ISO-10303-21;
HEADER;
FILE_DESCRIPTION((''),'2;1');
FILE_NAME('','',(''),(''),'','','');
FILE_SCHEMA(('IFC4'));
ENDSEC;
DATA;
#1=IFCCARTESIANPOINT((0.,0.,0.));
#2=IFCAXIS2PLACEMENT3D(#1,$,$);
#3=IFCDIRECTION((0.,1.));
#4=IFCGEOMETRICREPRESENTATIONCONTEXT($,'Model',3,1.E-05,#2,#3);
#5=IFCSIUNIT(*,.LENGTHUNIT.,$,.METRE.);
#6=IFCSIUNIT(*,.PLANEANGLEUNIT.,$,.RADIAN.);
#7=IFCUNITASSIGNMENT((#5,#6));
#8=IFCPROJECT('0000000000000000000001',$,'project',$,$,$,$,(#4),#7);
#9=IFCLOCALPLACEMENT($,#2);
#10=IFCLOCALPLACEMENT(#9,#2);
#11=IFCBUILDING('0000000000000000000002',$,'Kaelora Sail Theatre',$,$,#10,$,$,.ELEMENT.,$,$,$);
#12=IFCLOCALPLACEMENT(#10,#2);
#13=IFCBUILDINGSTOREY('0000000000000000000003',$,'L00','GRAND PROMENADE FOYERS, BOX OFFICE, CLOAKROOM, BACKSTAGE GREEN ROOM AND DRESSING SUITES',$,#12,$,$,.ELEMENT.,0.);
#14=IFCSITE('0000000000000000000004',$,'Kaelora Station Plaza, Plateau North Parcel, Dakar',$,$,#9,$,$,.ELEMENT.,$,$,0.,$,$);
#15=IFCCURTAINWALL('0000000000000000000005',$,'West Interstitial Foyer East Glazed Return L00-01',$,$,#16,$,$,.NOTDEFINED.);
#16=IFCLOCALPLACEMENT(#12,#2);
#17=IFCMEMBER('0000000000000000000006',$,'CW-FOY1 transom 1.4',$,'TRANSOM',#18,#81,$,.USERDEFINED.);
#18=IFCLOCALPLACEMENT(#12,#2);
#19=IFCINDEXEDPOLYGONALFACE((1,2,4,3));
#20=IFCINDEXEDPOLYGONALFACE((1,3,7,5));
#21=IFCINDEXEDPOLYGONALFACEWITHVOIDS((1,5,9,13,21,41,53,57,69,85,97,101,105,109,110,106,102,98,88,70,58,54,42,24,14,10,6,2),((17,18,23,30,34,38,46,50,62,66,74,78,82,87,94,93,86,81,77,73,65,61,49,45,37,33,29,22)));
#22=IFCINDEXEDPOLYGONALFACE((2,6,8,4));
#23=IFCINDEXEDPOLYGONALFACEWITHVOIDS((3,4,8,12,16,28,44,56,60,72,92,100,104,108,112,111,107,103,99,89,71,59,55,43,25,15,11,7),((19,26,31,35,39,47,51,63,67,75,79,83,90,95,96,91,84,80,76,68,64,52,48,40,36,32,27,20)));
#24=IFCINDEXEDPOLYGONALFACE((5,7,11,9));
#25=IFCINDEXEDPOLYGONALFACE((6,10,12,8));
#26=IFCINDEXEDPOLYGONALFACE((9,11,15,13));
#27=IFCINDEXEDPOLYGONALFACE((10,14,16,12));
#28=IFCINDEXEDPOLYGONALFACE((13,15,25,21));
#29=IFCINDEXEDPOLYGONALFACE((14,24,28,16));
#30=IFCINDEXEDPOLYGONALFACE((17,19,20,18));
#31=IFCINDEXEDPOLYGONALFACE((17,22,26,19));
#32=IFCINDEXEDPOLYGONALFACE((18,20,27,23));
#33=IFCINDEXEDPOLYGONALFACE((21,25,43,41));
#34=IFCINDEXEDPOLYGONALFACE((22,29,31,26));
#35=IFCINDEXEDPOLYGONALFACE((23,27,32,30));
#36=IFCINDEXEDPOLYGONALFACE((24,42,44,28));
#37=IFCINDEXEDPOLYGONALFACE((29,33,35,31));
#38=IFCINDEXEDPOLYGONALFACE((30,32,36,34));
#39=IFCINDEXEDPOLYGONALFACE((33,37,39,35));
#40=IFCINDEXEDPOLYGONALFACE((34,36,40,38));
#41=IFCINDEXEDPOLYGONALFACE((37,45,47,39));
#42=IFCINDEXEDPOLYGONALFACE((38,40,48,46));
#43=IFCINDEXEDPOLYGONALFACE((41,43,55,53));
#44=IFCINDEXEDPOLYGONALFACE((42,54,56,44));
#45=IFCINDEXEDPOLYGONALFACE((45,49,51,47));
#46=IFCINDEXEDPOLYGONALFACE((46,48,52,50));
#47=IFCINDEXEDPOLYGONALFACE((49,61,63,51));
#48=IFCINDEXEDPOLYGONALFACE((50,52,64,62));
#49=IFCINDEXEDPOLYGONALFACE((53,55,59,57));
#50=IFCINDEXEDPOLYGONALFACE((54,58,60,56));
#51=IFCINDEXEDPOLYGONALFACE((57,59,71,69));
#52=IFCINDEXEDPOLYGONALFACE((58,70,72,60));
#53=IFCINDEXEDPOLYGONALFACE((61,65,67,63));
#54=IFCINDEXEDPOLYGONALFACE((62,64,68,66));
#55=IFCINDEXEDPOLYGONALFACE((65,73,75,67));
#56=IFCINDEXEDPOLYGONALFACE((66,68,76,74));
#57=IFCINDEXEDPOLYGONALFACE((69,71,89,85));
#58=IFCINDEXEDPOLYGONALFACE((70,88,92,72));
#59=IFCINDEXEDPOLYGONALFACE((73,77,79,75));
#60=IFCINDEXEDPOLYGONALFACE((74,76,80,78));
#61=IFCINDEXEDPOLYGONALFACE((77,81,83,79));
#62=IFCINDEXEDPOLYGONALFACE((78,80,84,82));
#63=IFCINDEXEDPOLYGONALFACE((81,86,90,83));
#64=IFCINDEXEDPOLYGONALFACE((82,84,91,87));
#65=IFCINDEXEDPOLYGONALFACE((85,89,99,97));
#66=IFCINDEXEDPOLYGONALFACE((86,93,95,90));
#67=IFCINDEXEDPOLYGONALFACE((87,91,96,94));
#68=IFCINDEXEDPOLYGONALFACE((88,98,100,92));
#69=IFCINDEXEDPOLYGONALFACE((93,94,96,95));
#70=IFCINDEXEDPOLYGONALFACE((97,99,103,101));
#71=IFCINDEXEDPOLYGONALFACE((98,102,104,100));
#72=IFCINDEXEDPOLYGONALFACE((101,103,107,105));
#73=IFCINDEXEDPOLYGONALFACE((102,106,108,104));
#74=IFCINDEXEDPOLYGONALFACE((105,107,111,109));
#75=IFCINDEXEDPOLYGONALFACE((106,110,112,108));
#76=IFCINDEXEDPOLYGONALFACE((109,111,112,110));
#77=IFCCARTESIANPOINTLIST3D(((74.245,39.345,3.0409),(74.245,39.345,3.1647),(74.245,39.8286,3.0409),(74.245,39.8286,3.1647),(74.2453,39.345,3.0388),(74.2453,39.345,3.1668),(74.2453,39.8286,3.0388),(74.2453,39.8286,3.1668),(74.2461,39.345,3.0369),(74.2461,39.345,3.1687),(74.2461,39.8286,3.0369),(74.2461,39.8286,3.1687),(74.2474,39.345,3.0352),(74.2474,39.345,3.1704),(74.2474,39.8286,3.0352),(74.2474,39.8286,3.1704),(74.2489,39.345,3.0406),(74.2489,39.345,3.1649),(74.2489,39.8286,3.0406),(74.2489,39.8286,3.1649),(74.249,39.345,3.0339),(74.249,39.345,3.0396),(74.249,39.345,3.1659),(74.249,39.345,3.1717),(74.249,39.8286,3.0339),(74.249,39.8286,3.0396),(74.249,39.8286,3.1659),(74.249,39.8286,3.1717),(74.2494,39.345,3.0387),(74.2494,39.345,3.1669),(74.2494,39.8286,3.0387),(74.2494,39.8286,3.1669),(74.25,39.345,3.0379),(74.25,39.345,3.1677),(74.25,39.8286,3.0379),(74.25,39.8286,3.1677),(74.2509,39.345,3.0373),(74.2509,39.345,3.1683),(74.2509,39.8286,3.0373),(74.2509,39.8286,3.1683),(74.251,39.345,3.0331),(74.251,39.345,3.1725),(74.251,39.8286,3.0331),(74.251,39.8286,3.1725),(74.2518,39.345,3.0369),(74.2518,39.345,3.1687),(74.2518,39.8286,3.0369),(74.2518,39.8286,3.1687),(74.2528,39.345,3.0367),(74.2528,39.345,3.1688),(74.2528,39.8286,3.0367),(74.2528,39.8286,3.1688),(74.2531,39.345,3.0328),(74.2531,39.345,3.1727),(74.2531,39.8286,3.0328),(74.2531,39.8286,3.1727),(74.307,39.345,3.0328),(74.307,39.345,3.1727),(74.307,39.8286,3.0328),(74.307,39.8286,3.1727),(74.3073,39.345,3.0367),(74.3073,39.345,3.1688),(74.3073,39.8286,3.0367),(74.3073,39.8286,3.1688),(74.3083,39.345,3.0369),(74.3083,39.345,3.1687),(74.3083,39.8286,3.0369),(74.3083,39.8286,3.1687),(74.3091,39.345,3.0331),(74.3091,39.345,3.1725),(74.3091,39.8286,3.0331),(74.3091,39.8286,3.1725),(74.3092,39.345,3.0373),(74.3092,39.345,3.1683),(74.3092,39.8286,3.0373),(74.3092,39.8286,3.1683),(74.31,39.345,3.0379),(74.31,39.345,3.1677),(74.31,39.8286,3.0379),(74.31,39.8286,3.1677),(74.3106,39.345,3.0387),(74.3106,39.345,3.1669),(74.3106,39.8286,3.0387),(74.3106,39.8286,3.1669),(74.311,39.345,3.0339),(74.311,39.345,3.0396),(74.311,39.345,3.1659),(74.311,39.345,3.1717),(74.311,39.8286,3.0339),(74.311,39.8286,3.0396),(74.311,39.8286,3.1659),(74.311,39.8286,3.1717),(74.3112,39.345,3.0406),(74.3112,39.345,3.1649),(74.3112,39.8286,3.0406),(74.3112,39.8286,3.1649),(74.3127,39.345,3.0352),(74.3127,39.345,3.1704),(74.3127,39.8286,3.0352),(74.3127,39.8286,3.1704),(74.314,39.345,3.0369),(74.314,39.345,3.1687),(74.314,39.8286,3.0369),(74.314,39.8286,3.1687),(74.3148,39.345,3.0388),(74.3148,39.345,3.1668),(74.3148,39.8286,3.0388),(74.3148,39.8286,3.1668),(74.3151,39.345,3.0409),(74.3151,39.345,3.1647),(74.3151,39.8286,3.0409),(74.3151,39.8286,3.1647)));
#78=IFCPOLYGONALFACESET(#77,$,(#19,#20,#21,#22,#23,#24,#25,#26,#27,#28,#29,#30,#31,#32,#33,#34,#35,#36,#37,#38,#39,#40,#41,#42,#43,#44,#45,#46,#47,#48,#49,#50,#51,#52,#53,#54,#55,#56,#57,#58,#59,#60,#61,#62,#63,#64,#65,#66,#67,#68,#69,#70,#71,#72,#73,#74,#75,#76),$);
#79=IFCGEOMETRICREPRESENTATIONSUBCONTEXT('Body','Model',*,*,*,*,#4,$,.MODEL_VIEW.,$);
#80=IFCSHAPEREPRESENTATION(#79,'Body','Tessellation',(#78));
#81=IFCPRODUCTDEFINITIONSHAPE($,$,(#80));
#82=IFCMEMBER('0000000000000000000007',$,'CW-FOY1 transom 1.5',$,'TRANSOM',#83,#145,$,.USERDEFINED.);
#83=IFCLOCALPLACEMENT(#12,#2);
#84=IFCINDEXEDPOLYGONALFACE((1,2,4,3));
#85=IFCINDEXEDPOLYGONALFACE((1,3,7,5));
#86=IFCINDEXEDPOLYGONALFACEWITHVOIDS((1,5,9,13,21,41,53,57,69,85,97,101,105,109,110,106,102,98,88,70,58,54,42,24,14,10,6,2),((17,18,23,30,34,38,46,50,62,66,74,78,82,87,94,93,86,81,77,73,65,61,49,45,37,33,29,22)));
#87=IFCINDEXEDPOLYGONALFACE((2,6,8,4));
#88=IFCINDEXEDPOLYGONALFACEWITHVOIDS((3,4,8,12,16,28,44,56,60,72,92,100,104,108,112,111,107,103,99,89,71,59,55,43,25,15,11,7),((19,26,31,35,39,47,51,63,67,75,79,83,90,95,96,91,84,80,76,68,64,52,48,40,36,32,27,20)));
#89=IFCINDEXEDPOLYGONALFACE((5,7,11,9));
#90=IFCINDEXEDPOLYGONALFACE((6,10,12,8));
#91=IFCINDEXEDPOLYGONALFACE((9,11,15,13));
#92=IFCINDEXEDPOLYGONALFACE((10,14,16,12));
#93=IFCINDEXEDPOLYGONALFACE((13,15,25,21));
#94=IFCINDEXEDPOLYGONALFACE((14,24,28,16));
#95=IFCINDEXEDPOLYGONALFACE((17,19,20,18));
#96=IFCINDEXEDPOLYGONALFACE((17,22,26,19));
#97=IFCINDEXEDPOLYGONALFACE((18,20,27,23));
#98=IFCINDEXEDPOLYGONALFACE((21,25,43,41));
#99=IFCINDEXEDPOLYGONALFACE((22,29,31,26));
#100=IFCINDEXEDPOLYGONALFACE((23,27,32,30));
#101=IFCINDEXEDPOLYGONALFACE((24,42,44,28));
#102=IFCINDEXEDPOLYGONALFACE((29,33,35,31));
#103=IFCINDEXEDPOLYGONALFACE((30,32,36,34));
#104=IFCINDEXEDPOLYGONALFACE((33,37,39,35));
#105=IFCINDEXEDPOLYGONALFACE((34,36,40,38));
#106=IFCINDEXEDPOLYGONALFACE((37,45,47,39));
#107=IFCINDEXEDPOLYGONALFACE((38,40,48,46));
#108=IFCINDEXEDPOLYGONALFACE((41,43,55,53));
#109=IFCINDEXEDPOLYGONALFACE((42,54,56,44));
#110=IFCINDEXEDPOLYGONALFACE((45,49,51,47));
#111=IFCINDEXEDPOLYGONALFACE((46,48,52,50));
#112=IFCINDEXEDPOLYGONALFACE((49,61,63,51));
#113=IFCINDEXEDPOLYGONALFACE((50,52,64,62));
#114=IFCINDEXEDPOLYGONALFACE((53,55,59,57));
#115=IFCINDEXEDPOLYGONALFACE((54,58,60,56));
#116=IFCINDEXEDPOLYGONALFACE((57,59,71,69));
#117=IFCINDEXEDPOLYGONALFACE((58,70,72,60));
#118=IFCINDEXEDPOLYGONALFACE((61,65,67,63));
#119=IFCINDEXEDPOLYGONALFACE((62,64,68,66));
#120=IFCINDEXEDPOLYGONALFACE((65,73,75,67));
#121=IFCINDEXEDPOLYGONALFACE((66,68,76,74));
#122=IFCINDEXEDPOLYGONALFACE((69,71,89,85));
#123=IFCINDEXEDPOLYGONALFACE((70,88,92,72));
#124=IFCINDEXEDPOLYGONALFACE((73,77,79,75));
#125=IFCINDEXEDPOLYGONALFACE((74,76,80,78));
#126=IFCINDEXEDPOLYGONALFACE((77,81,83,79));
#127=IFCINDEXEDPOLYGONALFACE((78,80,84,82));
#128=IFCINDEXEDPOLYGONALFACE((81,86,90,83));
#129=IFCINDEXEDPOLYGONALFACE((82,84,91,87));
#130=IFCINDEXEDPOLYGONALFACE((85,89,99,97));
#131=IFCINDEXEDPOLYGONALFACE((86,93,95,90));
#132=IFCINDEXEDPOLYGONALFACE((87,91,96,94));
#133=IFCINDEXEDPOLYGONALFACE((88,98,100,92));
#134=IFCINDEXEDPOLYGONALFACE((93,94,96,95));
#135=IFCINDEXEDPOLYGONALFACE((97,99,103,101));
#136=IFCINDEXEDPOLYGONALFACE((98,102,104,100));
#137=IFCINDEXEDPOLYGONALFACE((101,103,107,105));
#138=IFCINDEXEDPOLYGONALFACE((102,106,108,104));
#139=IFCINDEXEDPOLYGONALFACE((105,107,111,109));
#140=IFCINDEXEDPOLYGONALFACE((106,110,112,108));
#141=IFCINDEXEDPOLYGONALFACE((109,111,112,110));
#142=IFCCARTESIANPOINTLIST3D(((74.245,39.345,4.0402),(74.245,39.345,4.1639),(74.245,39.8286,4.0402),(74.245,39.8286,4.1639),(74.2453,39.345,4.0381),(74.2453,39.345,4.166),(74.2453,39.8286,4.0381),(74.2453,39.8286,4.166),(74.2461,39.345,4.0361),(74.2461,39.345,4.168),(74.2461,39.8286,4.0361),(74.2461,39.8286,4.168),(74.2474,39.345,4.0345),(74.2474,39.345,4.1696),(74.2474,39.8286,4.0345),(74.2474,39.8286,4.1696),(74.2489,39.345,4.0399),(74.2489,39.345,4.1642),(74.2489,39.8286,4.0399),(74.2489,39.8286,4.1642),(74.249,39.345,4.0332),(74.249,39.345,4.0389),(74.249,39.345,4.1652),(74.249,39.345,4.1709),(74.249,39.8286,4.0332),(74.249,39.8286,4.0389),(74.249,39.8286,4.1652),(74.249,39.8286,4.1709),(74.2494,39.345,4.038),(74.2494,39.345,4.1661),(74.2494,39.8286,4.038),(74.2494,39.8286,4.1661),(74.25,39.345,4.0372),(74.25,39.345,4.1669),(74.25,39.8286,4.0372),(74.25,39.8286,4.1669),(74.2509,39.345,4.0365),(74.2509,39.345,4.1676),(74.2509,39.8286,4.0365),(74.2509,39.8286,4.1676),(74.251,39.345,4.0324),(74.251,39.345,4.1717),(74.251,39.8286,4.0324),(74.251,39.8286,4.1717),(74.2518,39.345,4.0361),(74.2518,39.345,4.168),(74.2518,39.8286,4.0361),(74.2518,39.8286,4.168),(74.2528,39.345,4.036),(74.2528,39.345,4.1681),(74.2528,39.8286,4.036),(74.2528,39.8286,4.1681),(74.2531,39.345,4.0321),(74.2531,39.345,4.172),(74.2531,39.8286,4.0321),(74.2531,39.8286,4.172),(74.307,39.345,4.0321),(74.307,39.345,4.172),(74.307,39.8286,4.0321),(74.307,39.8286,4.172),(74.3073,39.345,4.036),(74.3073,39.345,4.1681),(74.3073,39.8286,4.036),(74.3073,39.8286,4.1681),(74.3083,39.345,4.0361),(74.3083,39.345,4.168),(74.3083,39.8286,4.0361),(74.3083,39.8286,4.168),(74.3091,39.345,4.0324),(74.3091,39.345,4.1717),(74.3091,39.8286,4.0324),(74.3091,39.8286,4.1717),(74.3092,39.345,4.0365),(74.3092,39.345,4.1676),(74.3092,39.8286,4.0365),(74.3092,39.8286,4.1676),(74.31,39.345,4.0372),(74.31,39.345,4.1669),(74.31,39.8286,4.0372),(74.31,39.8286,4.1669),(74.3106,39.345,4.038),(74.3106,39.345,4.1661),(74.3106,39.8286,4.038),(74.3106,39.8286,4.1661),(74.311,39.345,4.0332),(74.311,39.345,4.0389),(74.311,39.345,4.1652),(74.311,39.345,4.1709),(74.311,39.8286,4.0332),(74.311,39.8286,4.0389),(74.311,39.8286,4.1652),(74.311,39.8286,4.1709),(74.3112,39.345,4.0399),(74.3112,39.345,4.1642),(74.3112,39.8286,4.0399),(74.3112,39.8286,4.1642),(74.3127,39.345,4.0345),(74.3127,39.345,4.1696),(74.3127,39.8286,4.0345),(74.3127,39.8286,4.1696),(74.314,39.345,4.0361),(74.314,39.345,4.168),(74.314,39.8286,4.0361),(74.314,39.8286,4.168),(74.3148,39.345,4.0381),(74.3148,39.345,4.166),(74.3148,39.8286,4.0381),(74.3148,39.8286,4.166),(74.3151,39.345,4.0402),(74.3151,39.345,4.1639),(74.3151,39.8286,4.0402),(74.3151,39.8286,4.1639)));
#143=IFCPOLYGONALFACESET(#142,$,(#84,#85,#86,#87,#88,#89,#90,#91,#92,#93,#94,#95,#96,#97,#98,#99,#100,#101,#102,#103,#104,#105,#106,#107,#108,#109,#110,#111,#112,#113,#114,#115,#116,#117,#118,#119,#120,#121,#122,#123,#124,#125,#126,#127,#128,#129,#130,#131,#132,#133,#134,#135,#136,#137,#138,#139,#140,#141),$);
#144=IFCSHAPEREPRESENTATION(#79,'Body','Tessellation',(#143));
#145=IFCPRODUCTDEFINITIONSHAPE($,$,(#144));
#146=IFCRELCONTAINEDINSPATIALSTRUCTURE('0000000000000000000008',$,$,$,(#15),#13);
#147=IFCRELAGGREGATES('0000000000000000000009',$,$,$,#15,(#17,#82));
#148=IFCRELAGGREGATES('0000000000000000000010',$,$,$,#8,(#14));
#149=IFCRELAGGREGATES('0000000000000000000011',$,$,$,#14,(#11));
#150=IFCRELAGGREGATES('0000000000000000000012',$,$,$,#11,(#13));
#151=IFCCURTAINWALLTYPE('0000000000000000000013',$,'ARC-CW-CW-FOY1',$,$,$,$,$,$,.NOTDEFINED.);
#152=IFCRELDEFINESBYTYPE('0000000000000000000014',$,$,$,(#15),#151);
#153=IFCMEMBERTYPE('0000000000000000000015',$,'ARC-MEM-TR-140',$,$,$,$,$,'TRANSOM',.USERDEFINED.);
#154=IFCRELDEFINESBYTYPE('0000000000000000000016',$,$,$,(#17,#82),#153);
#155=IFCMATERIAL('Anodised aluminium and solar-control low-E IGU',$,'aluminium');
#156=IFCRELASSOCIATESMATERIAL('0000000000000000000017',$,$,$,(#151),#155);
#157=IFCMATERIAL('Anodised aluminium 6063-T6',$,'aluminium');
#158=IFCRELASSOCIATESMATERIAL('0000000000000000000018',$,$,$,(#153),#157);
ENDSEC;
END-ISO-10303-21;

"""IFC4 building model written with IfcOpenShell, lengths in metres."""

from ifc_helpers import new_model, si_unit, direction, frame, origin, origin_2d, place, context, subcontext, project, spatial, hollow_rectangle, extrude, material, material_profile, profile_set, type_object, element, aggregate, save


model = new_model("IFC4")

# Units and contexts
model_context = context("Model", 3, precision=1e-05, world=origin(), true_north=direction((0.0, 1.0)))
body_context = subcontext(model_context, "Body", "Model", "MODEL_VIEW")
ifc_project = project(units=[si_unit("LENGTHUNIT", "METRE"), si_unit("PLANEANGLEUNIT", "RADIAN")], contexts=[model_context])

# Site, building, storey
site_placement = place(None, origin())
site = spatial("IfcSite", under=ifc_project, at=site_placement, Name="Kaelora Station Plaza, Plateau North Parcel, Dakar", CompositionType="ELEMENT", RefElevation=0.0)
building_placement = place(site_placement, origin())
building = spatial("IfcBuilding", under=site, at=building_placement, Name="Kaelora Sail Theatre", CompositionType="ELEMENT")
storey_placement = place(building_placement, origin())
storey = spatial("IfcBuildingStorey", under=building, at=storey_placement, Name="L00", Description="GRAND PROMENADE FOYERS, BOX OFFICE, CLOAKROOM, BACKSTAGE GREEN ROOM AND DRESSING SUITES", CompositionType="ELEMENT", Elevation=0.0)

# Curtain wall
ifc_material_1 = material(Name="Anodised aluminium and solar-control low-E IGU", Category="aluminium")
curtain_wall_type = type_object("IfcCurtainWallType", Name="ARC-CW-CW-FOY1", PredefinedType="NOTDEFINED", material=ifc_material_1)
curtain_wall_1_placement = place(storey_placement, origin())
curtain_wall_1 = element("IfcCurtainWall", 1, at=curtain_wall_1_placement, inside=storey, type_object=curtain_wall_type, Name="West Interstitial Foyer East Glazed Return L00-01", PredefinedType="NOTDEFINED")

# Members
ifc_material_2 = material(Name="Anodised aluminium 6063-T6", Category="aluminium")
ifc_material_profile_1 = material_profile(ifc_material_2, hollow_rectangle(XDim=0.0701, YDim=0.1399, WallThickness=0.0039, InnerFilletRadius=0.0039, OuterFilletRadius=0.0081, at=origin_2d()), Name="ALU-TRAN 70x140x4")
ifc_profile_set_1 = profile_set([ifc_material_profile_1], Name="Anodised aluminium 6063-T6")
member_type_1 = type_object("IfcMemberType", Name="ARC-MEM-TR-140", ElementType="TRANSOM", PredefinedType="USERDEFINED", material=ifc_profile_set_1)
member_1_placement = place(storey_placement, frame((74.28, 39.345, 3.1028), z_axis=(0.0, 1.0, 0.0), x_axis=(-1.0, 0.0, 0.0)))
member_1 = element("IfcMember", 2, at=member_1_placement, type_object=member_type_1, Name="CW-FOY1 transom 1.4", ObjectType="TRANSOM", PredefinedType="USERDEFINED", context=body_context, shape_type="SweptSolid", body=[
    extrude(hollow_rectangle(XDim=0.0701, YDim=0.1399, WallThickness=0.0039, InnerFilletRadius=0.0039, OuterFilletRadius=0.0081, at=origin_2d()), origin(), (0.0, 0.0, 1.0), 0.4836),
])
member_2_placement = place(storey_placement, frame((74.28, 39.345, 4.1021), z_axis=(0.0, 1.0, 0.0), x_axis=(-1.0, 0.0, 0.0)))
member_2 = element("IfcMember", 3, at=member_2_placement, type_object=member_type_1, Name="CW-FOY1 transom 1.5", ObjectType="TRANSOM", PredefinedType="USERDEFINED", context=body_context, shape_type="SweptSolid", body=[
    extrude(hollow_rectangle(XDim=0.0701, YDim=0.1399, WallThickness=0.0039, InnerFilletRadius=0.0039, OuterFilletRadius=0.0081, at=origin_2d()), origin(), (0.0, 0.0, 1.0), 0.4836),
])

aggregate(curtain_wall_1, [member_1, member_2])

save(model, "model.ifc")
